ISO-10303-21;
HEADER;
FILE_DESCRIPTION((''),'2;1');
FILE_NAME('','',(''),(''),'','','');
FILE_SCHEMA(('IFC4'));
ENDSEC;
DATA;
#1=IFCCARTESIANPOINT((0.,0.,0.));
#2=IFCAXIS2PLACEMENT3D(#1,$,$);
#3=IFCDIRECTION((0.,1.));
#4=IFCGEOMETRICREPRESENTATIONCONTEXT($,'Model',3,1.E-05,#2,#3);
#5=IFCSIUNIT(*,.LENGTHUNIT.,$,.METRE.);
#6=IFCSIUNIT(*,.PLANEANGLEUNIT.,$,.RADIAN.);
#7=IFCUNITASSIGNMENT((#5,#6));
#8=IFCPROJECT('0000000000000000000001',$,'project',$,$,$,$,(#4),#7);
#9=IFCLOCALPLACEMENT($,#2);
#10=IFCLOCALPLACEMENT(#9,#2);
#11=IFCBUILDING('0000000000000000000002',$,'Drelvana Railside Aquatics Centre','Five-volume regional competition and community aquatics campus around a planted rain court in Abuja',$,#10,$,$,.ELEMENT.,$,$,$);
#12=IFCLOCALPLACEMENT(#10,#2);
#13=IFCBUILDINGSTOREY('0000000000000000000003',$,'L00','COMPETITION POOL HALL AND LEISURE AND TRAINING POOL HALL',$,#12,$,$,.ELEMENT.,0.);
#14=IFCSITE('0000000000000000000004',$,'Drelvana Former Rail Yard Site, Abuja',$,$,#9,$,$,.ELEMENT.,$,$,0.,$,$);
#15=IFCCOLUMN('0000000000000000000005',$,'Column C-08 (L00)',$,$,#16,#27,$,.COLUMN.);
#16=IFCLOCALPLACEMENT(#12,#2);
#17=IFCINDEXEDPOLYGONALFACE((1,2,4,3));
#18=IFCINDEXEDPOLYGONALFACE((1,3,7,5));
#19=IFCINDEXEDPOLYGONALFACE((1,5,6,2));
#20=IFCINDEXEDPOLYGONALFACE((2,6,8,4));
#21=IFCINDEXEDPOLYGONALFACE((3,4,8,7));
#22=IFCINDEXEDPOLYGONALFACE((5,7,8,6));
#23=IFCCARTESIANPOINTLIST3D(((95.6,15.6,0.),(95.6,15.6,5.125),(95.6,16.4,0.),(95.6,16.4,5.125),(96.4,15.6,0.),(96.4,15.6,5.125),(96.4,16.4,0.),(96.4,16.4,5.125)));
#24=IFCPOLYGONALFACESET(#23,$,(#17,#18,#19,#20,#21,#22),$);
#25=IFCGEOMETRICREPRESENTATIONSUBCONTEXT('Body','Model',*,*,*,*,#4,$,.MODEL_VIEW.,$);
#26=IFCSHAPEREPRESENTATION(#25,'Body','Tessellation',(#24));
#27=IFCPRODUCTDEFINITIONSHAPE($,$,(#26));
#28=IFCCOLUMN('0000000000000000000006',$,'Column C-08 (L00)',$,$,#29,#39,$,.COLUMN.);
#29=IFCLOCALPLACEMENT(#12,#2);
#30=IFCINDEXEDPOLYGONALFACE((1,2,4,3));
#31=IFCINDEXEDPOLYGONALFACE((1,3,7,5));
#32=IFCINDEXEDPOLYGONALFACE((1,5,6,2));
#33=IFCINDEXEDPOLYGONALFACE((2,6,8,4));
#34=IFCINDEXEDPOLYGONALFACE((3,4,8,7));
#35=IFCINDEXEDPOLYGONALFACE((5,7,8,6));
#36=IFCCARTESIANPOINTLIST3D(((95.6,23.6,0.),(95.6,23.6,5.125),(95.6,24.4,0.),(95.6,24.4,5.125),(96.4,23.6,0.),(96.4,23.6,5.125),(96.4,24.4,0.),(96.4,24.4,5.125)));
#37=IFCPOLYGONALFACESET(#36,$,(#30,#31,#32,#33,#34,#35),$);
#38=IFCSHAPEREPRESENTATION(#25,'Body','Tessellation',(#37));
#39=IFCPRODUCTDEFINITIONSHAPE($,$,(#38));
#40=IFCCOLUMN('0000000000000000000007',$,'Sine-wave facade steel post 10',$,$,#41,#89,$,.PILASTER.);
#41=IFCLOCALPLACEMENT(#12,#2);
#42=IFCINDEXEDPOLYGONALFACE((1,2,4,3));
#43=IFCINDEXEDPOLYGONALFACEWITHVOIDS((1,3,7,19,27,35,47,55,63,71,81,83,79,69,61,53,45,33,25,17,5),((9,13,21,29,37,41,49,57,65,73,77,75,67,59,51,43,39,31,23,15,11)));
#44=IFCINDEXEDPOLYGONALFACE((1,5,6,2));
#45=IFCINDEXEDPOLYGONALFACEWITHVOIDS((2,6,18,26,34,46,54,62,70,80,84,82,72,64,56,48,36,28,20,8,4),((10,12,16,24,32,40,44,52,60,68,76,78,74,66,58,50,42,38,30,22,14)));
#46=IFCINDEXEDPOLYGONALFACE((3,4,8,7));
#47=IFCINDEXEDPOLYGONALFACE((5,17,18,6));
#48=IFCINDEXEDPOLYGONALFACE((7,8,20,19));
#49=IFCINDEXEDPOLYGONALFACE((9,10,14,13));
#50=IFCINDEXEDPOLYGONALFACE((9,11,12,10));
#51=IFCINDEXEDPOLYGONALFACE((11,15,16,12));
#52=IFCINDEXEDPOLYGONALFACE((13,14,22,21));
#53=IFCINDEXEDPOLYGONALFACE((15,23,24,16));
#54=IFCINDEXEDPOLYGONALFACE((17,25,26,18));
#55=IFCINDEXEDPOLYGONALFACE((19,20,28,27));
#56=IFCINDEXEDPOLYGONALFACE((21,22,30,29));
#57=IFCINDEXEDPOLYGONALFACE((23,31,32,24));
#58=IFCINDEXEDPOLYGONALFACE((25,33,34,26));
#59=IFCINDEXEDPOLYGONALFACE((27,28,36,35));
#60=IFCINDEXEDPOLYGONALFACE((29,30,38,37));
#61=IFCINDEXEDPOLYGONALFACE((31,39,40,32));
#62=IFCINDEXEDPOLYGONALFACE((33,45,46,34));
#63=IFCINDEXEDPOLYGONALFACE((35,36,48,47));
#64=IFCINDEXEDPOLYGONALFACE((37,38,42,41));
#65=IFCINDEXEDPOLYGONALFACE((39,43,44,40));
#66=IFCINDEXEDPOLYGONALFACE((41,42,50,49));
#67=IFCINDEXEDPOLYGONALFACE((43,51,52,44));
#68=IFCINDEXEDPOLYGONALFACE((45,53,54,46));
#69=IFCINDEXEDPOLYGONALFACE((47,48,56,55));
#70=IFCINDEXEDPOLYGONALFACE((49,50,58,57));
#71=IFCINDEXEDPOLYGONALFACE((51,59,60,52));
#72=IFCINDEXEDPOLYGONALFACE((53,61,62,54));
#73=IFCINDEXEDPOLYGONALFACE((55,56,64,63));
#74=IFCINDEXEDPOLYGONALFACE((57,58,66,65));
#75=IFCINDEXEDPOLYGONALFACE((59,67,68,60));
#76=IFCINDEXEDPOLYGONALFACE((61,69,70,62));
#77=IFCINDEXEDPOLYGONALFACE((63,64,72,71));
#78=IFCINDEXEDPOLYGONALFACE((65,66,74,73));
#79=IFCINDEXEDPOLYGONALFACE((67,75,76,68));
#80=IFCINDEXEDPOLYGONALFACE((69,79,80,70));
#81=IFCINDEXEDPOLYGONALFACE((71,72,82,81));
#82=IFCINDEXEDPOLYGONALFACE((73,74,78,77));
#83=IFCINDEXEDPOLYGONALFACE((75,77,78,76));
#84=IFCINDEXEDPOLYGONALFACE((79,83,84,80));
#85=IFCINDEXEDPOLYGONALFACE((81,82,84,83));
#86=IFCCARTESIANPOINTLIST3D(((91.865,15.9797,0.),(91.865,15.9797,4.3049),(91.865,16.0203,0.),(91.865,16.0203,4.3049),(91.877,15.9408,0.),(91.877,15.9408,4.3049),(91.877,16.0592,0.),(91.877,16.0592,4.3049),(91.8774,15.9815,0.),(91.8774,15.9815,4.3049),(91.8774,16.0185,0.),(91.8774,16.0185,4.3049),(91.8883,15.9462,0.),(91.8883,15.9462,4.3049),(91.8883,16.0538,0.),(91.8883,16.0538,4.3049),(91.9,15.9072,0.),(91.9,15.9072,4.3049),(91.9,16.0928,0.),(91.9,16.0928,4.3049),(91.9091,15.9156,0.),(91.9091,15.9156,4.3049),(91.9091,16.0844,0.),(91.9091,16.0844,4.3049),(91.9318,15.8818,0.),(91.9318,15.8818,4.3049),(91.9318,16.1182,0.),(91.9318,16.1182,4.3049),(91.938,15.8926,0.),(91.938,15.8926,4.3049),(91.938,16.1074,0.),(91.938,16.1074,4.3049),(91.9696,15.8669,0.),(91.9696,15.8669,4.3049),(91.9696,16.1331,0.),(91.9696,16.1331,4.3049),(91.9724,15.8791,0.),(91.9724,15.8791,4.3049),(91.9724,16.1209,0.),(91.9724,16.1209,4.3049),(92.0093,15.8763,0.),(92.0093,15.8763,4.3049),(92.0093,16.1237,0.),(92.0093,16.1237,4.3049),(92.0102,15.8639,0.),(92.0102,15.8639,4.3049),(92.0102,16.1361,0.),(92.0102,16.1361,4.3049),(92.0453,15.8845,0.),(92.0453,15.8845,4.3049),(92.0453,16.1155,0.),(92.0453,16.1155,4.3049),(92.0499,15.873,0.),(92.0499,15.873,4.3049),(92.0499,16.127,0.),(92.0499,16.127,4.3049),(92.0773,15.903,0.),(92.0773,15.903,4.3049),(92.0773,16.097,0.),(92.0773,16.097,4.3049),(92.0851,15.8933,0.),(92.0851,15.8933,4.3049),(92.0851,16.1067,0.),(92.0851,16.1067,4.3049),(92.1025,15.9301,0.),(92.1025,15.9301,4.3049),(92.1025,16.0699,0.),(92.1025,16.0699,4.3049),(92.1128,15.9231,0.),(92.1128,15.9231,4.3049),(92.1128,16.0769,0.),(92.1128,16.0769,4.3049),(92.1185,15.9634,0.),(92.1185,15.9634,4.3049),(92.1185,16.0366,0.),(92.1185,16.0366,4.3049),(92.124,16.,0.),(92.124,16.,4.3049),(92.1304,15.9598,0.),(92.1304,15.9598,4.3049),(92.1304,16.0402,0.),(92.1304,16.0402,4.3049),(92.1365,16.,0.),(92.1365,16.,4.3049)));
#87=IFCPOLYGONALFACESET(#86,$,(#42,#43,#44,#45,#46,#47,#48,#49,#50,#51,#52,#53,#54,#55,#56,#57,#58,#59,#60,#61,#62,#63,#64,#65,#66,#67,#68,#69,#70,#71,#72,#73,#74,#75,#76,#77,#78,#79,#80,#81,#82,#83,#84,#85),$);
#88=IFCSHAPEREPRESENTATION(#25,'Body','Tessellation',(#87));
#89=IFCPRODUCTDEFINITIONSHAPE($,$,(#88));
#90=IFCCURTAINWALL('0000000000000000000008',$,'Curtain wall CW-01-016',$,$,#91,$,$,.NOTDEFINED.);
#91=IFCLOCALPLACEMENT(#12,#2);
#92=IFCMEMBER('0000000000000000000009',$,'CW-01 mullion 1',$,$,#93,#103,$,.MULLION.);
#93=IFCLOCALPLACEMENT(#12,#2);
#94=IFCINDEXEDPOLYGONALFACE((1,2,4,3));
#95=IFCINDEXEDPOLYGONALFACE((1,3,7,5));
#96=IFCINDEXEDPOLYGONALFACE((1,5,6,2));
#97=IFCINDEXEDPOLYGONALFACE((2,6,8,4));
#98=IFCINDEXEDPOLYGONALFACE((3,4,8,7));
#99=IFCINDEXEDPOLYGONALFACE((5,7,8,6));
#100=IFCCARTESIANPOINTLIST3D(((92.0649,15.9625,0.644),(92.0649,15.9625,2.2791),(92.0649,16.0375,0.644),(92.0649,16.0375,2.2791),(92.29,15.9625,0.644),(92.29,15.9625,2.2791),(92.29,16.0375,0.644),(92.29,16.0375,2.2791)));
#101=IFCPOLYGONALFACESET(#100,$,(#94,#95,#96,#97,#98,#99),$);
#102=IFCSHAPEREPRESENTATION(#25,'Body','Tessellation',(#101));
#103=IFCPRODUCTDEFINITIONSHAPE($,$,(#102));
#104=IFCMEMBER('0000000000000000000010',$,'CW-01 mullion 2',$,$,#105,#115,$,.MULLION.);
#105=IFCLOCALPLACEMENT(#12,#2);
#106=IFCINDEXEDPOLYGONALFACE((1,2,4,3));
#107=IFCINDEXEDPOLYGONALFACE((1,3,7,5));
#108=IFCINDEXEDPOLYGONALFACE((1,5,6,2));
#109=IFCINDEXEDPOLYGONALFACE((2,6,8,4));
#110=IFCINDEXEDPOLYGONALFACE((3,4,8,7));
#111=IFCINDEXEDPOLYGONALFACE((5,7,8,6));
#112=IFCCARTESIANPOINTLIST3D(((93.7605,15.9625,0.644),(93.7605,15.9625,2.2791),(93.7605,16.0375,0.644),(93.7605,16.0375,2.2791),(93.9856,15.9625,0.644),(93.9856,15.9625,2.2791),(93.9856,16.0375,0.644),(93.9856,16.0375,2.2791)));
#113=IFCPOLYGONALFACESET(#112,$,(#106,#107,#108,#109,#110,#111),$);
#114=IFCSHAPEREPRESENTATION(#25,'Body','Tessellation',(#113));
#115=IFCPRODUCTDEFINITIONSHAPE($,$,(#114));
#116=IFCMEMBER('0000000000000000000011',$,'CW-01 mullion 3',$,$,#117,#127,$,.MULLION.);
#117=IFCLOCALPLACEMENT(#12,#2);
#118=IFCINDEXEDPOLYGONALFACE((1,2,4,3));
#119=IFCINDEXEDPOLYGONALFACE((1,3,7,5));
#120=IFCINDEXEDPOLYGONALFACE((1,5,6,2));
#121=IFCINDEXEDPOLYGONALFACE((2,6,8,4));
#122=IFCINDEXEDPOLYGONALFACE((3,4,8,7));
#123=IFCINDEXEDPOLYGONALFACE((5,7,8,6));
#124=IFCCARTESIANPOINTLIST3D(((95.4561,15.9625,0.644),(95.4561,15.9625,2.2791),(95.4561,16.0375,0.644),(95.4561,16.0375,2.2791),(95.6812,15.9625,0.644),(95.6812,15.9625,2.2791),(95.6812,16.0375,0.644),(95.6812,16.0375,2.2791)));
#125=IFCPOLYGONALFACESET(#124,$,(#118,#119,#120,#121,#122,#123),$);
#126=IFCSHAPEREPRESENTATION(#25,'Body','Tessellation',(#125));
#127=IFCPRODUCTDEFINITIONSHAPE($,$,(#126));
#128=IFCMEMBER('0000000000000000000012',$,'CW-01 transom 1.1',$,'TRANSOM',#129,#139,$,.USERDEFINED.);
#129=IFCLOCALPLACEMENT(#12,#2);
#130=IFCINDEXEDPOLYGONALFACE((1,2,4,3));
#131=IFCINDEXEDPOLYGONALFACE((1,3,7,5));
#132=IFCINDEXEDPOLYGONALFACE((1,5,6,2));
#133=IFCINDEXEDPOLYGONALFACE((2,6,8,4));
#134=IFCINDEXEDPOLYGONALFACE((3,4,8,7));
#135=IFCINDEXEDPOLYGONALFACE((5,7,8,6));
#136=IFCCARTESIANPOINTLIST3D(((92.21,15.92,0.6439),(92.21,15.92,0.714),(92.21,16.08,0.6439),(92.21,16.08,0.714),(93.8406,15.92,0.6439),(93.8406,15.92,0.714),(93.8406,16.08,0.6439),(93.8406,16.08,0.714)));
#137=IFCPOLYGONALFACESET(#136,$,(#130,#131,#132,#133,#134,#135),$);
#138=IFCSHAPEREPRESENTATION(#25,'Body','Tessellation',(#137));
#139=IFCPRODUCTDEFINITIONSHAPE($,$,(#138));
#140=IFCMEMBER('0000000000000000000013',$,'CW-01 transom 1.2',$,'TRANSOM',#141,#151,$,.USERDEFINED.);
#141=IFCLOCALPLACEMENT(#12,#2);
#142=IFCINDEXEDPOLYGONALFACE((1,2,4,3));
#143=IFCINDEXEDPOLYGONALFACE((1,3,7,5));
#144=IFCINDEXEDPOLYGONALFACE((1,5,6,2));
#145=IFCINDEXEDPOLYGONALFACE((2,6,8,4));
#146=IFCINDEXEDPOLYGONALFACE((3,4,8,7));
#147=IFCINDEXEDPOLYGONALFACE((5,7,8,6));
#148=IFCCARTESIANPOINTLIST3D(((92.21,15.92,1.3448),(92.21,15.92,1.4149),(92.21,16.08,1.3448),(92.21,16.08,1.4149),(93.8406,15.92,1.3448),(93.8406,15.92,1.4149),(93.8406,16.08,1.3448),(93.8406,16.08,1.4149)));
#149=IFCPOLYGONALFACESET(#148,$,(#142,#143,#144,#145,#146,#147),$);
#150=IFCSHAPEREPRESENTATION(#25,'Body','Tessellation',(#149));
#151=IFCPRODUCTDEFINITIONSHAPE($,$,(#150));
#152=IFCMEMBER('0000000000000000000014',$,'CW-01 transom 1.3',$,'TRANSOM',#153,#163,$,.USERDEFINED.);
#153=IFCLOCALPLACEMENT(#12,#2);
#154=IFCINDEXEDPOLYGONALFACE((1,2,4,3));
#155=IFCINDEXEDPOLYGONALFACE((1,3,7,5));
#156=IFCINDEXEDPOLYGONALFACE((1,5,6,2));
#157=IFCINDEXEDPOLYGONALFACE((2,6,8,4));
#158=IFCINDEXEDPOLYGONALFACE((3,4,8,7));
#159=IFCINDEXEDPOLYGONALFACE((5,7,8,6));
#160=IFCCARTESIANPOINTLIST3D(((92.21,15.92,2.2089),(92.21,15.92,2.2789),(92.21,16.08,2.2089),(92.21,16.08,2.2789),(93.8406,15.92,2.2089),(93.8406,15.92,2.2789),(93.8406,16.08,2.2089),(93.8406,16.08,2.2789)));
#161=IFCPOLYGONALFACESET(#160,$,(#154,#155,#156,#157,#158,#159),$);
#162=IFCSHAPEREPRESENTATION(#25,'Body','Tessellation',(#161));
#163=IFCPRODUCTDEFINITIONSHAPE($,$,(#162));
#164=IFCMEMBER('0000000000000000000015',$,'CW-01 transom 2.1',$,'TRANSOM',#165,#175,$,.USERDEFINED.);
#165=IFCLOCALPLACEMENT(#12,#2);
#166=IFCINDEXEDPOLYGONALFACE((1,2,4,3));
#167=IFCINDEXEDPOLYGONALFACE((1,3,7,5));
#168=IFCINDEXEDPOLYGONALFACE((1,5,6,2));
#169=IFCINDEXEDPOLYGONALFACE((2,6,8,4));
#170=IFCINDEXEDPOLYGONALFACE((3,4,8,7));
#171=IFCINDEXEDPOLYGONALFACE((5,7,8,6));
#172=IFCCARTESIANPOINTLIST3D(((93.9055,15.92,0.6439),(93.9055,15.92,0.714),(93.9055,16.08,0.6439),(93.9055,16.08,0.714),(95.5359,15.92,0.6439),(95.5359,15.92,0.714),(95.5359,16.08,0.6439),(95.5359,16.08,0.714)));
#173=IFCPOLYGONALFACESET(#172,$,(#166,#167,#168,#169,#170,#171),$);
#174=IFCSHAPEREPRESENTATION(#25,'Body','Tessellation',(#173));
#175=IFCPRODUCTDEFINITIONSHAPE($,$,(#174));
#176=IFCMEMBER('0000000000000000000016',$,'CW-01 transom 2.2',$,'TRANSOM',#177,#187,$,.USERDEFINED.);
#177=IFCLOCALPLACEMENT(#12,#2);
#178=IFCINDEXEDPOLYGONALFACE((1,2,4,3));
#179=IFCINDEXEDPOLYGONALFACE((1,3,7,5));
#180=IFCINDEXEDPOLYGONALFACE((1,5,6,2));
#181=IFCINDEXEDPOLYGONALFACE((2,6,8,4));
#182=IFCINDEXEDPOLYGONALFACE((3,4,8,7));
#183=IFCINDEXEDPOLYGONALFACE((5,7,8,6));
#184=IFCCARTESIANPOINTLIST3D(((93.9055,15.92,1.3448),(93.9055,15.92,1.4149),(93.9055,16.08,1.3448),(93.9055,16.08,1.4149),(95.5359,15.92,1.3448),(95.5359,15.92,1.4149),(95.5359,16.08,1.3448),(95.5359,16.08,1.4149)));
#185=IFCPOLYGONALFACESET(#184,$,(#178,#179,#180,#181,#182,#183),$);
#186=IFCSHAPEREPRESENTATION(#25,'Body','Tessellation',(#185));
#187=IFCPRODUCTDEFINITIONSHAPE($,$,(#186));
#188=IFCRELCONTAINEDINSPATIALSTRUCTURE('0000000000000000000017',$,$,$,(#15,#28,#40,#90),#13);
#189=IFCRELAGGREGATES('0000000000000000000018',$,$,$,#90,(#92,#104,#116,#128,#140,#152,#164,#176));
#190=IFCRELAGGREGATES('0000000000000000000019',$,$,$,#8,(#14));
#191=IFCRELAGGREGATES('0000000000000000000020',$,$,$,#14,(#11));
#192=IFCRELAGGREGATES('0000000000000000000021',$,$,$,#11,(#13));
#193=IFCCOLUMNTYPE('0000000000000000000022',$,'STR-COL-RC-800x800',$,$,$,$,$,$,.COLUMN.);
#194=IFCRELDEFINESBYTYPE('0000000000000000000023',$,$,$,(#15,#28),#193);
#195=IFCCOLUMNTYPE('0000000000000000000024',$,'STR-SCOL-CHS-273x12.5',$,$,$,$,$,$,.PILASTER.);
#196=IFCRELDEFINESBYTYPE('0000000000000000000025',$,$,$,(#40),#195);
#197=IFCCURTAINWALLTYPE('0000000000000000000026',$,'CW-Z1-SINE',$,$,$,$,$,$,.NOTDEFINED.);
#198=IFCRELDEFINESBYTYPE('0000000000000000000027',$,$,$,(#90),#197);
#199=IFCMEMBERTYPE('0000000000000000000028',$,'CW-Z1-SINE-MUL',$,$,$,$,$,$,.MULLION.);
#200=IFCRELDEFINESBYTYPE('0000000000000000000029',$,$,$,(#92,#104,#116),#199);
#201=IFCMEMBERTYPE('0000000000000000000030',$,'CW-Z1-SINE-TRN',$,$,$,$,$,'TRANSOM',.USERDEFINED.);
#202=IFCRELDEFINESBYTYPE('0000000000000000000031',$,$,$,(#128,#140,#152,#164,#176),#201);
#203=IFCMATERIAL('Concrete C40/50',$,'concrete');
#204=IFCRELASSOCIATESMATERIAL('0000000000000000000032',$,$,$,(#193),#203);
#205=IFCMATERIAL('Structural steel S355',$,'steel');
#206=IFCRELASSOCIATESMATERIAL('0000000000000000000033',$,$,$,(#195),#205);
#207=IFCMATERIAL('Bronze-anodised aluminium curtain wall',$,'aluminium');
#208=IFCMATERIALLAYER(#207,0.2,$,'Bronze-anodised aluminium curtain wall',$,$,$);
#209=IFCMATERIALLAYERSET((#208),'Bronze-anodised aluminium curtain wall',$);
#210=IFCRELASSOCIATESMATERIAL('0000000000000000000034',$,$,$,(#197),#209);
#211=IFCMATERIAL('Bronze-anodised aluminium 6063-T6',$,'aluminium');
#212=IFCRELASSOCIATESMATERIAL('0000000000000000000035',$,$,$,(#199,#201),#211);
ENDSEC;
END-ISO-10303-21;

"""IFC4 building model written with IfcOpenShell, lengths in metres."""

from ifc_helpers import new_model, si_unit, direction, frame, origin, origin_2d, place, context, subcontext, project, spatial, rectangle, hollow_circle, extrude, material, layer, layer_set, material_profile, profile_set, type_object, element, aggregate, save


model = new_model("IFC4")

# Units and contexts
model_context = context("Model", 3, precision=1e-05, world=origin(), true_north=direction((0.0, 1.0)))
body_context = subcontext(model_context, "Body", "Model", "MODEL_VIEW")
ifc_project = project(units=[si_unit("LENGTHUNIT", "METRE"), si_unit("PLANEANGLEUNIT", "RADIAN")], contexts=[model_context])

# Site, building, storey
site_placement = place(None, origin())
site = spatial("IfcSite", under=ifc_project, at=site_placement, Name="Drelvana Former Rail Yard Site, Abuja", CompositionType="ELEMENT", RefElevation=0.0)
building_placement = place(site_placement, origin())
building = spatial("IfcBuilding", under=site, at=building_placement, Name="Drelvana Railside Aquatics Centre", Description="Five-volume regional competition and community aquatics campus around a planted rain court in Abuja", CompositionType="ELEMENT")
storey_placement = place(building_placement, origin())
storey = spatial("IfcBuildingStorey", under=building, at=storey_placement, Name="L00", Description="COMPETITION POOL HALL AND LEISURE AND TRAINING POOL HALL", CompositionType="ELEMENT", Elevation=0.0)

# Columns
ifc_material_1 = material(Name="Concrete C40/50", Category="concrete")
ifc_material_profile_1 = material_profile(ifc_material_1, rectangle(XDim=0.8, YDim=0.8, at=origin_2d()), Name="RC 800x800")
ifc_profile_set_1 = profile_set([ifc_material_profile_1], Name="Concrete C40/50")
column_type_1 = type_object("IfcColumnType", Name="STR-COL-RC-800x800", PredefinedType="COLUMN", material=ifc_profile_set_1)
for number, where, z_axis, x_axis, name in (
    (1, (96.0, 16.0, 0.0), (0.0, 0.0, 1.0), (1.0, 0.0, 0.0), "Column C-08 (L00)"),
    (2, (96.0, 24.0, 0.0), (0.0, 0.0, 1.0), (1.0, 0.0, 0.0), "Column C-08 (L00)"),
):
    element("IfcColumn", number, at=place(storey_placement, frame(where, z_axis=z_axis, x_axis=x_axis)), inside=storey, type_object=column_type_1, Name=name, PredefinedType="COLUMN", context=body_context, shape_type="SweptSolid", body=[
        extrude(rectangle(XDim=0.8, YDim=0.8, at=origin_2d()), origin(), (0.0, 0.0, 1.0), 5.125),
    ])
ifc_material_2 = material(Name="Structural steel S355", Category="steel")
ifc_material_profile_2 = material_profile(ifc_material_2, hollow_circle(Radius=0.1365, WallThickness=0.0125, at=origin_2d()), Name="CHS 273x12.5")
ifc_profile_set_2 = profile_set([ifc_material_profile_2], Name="Structural steel S355")
column_type_2 = type_object("IfcColumnType", Name="STR-SCOL-CHS-273x12.5", PredefinedType="PILASTER", material=ifc_profile_set_2)
column_placement = place(storey_placement, frame((92.0, 16.0, 0.0), z_axis=(0.0, 0.0, 1.0), x_axis=(1.0, 0.0, 0.0)))
element("IfcColumn", 3, at=column_placement, inside=storey, type_object=column_type_2, Name="Sine-wave facade steel post 10", PredefinedType="PILASTER", context=body_context, shape_type="SweptSolid", body=[
    extrude(hollow_circle(Radius=0.1365, WallThickness=0.0125, at=origin_2d()), origin(), (0.0, 0.0, 1.0), 4.3049),
])

# Curtain wall, members
ifc_material_3 = material(Name="Bronze-anodised aluminium curtain wall", Category="aluminium")
ifc_layer_1 = layer(ifc_material_3, 0.2, Name="Bronze-anodised aluminium curtain wall")
ifc_layer_set_1 = layer_set([ifc_layer_1], Name="Bronze-anodised aluminium curtain wall")
curtain_wall_type_1 = type_object("IfcCurtainWallType", Name="CW-Z1-SINE", PredefinedType="NOTDEFINED", material=ifc_layer_set_1)
curtain_wall_1_placement = place(storey_placement, origin())
curtain_wall_1 = element("IfcCurtainWall", 4, at=curtain_wall_1_placement, inside=storey, type_object=curtain_wall_type_1, Name="Curtain wall CW-01-016", PredefinedType="NOTDEFINED")
ifc_material_4 = material(Name="Bronze-anodised aluminium 6063-T6", Category="aluminium")
ifc_material_profile_3 = material_profile(ifc_material_4, rectangle(XDim=0.075, YDim=0.2251, at=origin_2d()), Name="ALU-M 75x225")
ifc_profile_set_3 = profile_set([ifc_material_profile_3], Name="Bronze-anodised aluminium 6063-T6")
member_type_1 = type_object("IfcMemberType", Name="CW-Z1-SINE-MUL", PredefinedType="MULLION", material=ifc_profile_set_3)
member_1_placement = place(storey_placement, frame((92.1775, 16.0, 0.644), z_axis=(0.0, 0.0, 1.0), x_axis=(0.0, 1.0, 0.0)))
member_1 = element("IfcMember", 5, at=member_1_placement, type_object=member_type_1, Name="CW-01 mullion 1", PredefinedType="MULLION", context=body_context, shape_type="SweptSolid", body=[
    extrude(rectangle(XDim=0.075, YDim=0.2251, at=origin_2d()), origin(), (0.0, 0.0, 1.0), 1.635),
])
member_2_placement = place(storey_placement, frame((93.873, 16.0, 0.644), z_axis=(0.0, 0.0, 1.0), x_axis=(0.0, 1.0, 0.0)))
member_2 = element("IfcMember", 6, at=member_2_placement, type_object=member_type_1, Name="CW-01 mullion 2", PredefinedType="MULLION", context=body_context, shape_type="SweptSolid", body=[
    extrude(rectangle(XDim=0.075, YDim=0.2251, at=origin_2d()), origin(), (0.0, 0.0, 1.0), 1.635),
])
member_3_placement = place(storey_placement, frame((95.5686, 16.0, 0.644), z_axis=(0.0, 0.0, 1.0), x_axis=(0.0, 1.0, 0.0)))
member_3 = element("IfcMember", 7, at=member_3_placement, type_object=member_type_1, Name="CW-01 mullion 3", PredefinedType="MULLION", context=body_context, shape_type="SweptSolid", body=[
    extrude(rectangle(XDim=0.075, YDim=0.2251, at=origin_2d()), origin(), (0.0, 0.0, 1.0), 1.635),
])
ifc_material_profile_4 = material_profile(ifc_material_4, rectangle(XDim=0.1599, YDim=0.0701, at=origin_2d()), Name="ALU-T 70x160")
ifc_profile_set_4 = profile_set([ifc_material_profile_4], Name="Bronze-anodised aluminium 6063-T6")
member_type_2 = type_object("IfcMemberType", Name="CW-Z1-SINE-TRN", ElementType="TRANSOM", PredefinedType="USERDEFINED", material=ifc_profile_set_4)
member_4_placement = place(storey_placement, frame((92.21, 16.0, 0.679), z_axis=(1.0, 0.0, 0.0), x_axis=(0.0, 1.0, 0.0)))
member_4 = element("IfcMember", 8, at=member_4_placement, type_object=member_type_2, Name="CW-01 transom 1.1", ObjectType="TRANSOM", PredefinedType="USERDEFINED", context=body_context, shape_type="SweptSolid", body=[
    extrude(rectangle(XDim=0.1599, YDim=0.0701, at=origin_2d()), origin(), (0.0, 0.0, 1.0), 1.6306),
])
member_5_placement = place(storey_placement, frame((92.21, 16.0, 1.3799), z_axis=(1.0, 0.0, 0.0), x_axis=(0.0, 1.0, 0.0)))
member_5 = element("IfcMember", 9, at=member_5_placement, type_object=member_type_2, Name="CW-01 transom 1.2", ObjectType="TRANSOM", PredefinedType="USERDEFINED", context=body_context, shape_type="SweptSolid", body=[
    extrude(rectangle(XDim=0.1599, YDim=0.0701, at=origin_2d()), origin(), (0.0, 0.0, 1.0), 1.6306),
])
member_6_placement = place(storey_placement, frame((92.21, 16.0, 2.2439), z_axis=(1.0, 0.0, 0.0), x_axis=(0.0, 1.0, 0.0)))
member_6 = element("IfcMember", 10, at=member_6_placement, type_object=member_type_2, Name="CW-01 transom 1.3", ObjectType="TRANSOM", PredefinedType="USERDEFINED", context=body_context, shape_type="SweptSolid", body=[
    extrude(rectangle(XDim=0.1599, YDim=0.0701, at=origin_2d()), origin(), (0.0, 0.0, 1.0), 1.6306),
])
member_7_placement = place(storey_placement, frame((93.9055, 16.0, 0.679), z_axis=(1.0, 0.0, 0.0), x_axis=(0.0, 1.0, 0.0)))
member_7 = element("IfcMember", 11, at=member_7_placement, type_object=member_type_2, Name="CW-01 transom 2.1", ObjectType="TRANSOM", PredefinedType="USERDEFINED", context=body_context, shape_type="SweptSolid", body=[
    extrude(rectangle(XDim=0.1599, YDim=0.0701, at=origin_2d()), origin(), (0.0, 0.0, 1.0), 1.6304),
])
member_8_placement = place(storey_placement, frame((93.9055, 16.0, 1.3799), z_axis=(1.0, 0.0, 0.0), x_axis=(0.0, 1.0, 0.0)))
member_8 = element("IfcMember", 12, at=member_8_placement, type_object=member_type_2, Name="CW-01 transom 2.2", ObjectType="TRANSOM", PredefinedType="USERDEFINED", context=body_context, shape_type="SweptSolid", body=[
    extrude(rectangle(XDim=0.1599, YDim=0.0701, at=origin_2d()), origin(), (0.0, 0.0, 1.0), 1.6304),
])

aggregate(curtain_wall_1, [member_1, member_2, member_3, member_4, member_5, member_6, member_7, member_8])

save(model, "model.ifc")
